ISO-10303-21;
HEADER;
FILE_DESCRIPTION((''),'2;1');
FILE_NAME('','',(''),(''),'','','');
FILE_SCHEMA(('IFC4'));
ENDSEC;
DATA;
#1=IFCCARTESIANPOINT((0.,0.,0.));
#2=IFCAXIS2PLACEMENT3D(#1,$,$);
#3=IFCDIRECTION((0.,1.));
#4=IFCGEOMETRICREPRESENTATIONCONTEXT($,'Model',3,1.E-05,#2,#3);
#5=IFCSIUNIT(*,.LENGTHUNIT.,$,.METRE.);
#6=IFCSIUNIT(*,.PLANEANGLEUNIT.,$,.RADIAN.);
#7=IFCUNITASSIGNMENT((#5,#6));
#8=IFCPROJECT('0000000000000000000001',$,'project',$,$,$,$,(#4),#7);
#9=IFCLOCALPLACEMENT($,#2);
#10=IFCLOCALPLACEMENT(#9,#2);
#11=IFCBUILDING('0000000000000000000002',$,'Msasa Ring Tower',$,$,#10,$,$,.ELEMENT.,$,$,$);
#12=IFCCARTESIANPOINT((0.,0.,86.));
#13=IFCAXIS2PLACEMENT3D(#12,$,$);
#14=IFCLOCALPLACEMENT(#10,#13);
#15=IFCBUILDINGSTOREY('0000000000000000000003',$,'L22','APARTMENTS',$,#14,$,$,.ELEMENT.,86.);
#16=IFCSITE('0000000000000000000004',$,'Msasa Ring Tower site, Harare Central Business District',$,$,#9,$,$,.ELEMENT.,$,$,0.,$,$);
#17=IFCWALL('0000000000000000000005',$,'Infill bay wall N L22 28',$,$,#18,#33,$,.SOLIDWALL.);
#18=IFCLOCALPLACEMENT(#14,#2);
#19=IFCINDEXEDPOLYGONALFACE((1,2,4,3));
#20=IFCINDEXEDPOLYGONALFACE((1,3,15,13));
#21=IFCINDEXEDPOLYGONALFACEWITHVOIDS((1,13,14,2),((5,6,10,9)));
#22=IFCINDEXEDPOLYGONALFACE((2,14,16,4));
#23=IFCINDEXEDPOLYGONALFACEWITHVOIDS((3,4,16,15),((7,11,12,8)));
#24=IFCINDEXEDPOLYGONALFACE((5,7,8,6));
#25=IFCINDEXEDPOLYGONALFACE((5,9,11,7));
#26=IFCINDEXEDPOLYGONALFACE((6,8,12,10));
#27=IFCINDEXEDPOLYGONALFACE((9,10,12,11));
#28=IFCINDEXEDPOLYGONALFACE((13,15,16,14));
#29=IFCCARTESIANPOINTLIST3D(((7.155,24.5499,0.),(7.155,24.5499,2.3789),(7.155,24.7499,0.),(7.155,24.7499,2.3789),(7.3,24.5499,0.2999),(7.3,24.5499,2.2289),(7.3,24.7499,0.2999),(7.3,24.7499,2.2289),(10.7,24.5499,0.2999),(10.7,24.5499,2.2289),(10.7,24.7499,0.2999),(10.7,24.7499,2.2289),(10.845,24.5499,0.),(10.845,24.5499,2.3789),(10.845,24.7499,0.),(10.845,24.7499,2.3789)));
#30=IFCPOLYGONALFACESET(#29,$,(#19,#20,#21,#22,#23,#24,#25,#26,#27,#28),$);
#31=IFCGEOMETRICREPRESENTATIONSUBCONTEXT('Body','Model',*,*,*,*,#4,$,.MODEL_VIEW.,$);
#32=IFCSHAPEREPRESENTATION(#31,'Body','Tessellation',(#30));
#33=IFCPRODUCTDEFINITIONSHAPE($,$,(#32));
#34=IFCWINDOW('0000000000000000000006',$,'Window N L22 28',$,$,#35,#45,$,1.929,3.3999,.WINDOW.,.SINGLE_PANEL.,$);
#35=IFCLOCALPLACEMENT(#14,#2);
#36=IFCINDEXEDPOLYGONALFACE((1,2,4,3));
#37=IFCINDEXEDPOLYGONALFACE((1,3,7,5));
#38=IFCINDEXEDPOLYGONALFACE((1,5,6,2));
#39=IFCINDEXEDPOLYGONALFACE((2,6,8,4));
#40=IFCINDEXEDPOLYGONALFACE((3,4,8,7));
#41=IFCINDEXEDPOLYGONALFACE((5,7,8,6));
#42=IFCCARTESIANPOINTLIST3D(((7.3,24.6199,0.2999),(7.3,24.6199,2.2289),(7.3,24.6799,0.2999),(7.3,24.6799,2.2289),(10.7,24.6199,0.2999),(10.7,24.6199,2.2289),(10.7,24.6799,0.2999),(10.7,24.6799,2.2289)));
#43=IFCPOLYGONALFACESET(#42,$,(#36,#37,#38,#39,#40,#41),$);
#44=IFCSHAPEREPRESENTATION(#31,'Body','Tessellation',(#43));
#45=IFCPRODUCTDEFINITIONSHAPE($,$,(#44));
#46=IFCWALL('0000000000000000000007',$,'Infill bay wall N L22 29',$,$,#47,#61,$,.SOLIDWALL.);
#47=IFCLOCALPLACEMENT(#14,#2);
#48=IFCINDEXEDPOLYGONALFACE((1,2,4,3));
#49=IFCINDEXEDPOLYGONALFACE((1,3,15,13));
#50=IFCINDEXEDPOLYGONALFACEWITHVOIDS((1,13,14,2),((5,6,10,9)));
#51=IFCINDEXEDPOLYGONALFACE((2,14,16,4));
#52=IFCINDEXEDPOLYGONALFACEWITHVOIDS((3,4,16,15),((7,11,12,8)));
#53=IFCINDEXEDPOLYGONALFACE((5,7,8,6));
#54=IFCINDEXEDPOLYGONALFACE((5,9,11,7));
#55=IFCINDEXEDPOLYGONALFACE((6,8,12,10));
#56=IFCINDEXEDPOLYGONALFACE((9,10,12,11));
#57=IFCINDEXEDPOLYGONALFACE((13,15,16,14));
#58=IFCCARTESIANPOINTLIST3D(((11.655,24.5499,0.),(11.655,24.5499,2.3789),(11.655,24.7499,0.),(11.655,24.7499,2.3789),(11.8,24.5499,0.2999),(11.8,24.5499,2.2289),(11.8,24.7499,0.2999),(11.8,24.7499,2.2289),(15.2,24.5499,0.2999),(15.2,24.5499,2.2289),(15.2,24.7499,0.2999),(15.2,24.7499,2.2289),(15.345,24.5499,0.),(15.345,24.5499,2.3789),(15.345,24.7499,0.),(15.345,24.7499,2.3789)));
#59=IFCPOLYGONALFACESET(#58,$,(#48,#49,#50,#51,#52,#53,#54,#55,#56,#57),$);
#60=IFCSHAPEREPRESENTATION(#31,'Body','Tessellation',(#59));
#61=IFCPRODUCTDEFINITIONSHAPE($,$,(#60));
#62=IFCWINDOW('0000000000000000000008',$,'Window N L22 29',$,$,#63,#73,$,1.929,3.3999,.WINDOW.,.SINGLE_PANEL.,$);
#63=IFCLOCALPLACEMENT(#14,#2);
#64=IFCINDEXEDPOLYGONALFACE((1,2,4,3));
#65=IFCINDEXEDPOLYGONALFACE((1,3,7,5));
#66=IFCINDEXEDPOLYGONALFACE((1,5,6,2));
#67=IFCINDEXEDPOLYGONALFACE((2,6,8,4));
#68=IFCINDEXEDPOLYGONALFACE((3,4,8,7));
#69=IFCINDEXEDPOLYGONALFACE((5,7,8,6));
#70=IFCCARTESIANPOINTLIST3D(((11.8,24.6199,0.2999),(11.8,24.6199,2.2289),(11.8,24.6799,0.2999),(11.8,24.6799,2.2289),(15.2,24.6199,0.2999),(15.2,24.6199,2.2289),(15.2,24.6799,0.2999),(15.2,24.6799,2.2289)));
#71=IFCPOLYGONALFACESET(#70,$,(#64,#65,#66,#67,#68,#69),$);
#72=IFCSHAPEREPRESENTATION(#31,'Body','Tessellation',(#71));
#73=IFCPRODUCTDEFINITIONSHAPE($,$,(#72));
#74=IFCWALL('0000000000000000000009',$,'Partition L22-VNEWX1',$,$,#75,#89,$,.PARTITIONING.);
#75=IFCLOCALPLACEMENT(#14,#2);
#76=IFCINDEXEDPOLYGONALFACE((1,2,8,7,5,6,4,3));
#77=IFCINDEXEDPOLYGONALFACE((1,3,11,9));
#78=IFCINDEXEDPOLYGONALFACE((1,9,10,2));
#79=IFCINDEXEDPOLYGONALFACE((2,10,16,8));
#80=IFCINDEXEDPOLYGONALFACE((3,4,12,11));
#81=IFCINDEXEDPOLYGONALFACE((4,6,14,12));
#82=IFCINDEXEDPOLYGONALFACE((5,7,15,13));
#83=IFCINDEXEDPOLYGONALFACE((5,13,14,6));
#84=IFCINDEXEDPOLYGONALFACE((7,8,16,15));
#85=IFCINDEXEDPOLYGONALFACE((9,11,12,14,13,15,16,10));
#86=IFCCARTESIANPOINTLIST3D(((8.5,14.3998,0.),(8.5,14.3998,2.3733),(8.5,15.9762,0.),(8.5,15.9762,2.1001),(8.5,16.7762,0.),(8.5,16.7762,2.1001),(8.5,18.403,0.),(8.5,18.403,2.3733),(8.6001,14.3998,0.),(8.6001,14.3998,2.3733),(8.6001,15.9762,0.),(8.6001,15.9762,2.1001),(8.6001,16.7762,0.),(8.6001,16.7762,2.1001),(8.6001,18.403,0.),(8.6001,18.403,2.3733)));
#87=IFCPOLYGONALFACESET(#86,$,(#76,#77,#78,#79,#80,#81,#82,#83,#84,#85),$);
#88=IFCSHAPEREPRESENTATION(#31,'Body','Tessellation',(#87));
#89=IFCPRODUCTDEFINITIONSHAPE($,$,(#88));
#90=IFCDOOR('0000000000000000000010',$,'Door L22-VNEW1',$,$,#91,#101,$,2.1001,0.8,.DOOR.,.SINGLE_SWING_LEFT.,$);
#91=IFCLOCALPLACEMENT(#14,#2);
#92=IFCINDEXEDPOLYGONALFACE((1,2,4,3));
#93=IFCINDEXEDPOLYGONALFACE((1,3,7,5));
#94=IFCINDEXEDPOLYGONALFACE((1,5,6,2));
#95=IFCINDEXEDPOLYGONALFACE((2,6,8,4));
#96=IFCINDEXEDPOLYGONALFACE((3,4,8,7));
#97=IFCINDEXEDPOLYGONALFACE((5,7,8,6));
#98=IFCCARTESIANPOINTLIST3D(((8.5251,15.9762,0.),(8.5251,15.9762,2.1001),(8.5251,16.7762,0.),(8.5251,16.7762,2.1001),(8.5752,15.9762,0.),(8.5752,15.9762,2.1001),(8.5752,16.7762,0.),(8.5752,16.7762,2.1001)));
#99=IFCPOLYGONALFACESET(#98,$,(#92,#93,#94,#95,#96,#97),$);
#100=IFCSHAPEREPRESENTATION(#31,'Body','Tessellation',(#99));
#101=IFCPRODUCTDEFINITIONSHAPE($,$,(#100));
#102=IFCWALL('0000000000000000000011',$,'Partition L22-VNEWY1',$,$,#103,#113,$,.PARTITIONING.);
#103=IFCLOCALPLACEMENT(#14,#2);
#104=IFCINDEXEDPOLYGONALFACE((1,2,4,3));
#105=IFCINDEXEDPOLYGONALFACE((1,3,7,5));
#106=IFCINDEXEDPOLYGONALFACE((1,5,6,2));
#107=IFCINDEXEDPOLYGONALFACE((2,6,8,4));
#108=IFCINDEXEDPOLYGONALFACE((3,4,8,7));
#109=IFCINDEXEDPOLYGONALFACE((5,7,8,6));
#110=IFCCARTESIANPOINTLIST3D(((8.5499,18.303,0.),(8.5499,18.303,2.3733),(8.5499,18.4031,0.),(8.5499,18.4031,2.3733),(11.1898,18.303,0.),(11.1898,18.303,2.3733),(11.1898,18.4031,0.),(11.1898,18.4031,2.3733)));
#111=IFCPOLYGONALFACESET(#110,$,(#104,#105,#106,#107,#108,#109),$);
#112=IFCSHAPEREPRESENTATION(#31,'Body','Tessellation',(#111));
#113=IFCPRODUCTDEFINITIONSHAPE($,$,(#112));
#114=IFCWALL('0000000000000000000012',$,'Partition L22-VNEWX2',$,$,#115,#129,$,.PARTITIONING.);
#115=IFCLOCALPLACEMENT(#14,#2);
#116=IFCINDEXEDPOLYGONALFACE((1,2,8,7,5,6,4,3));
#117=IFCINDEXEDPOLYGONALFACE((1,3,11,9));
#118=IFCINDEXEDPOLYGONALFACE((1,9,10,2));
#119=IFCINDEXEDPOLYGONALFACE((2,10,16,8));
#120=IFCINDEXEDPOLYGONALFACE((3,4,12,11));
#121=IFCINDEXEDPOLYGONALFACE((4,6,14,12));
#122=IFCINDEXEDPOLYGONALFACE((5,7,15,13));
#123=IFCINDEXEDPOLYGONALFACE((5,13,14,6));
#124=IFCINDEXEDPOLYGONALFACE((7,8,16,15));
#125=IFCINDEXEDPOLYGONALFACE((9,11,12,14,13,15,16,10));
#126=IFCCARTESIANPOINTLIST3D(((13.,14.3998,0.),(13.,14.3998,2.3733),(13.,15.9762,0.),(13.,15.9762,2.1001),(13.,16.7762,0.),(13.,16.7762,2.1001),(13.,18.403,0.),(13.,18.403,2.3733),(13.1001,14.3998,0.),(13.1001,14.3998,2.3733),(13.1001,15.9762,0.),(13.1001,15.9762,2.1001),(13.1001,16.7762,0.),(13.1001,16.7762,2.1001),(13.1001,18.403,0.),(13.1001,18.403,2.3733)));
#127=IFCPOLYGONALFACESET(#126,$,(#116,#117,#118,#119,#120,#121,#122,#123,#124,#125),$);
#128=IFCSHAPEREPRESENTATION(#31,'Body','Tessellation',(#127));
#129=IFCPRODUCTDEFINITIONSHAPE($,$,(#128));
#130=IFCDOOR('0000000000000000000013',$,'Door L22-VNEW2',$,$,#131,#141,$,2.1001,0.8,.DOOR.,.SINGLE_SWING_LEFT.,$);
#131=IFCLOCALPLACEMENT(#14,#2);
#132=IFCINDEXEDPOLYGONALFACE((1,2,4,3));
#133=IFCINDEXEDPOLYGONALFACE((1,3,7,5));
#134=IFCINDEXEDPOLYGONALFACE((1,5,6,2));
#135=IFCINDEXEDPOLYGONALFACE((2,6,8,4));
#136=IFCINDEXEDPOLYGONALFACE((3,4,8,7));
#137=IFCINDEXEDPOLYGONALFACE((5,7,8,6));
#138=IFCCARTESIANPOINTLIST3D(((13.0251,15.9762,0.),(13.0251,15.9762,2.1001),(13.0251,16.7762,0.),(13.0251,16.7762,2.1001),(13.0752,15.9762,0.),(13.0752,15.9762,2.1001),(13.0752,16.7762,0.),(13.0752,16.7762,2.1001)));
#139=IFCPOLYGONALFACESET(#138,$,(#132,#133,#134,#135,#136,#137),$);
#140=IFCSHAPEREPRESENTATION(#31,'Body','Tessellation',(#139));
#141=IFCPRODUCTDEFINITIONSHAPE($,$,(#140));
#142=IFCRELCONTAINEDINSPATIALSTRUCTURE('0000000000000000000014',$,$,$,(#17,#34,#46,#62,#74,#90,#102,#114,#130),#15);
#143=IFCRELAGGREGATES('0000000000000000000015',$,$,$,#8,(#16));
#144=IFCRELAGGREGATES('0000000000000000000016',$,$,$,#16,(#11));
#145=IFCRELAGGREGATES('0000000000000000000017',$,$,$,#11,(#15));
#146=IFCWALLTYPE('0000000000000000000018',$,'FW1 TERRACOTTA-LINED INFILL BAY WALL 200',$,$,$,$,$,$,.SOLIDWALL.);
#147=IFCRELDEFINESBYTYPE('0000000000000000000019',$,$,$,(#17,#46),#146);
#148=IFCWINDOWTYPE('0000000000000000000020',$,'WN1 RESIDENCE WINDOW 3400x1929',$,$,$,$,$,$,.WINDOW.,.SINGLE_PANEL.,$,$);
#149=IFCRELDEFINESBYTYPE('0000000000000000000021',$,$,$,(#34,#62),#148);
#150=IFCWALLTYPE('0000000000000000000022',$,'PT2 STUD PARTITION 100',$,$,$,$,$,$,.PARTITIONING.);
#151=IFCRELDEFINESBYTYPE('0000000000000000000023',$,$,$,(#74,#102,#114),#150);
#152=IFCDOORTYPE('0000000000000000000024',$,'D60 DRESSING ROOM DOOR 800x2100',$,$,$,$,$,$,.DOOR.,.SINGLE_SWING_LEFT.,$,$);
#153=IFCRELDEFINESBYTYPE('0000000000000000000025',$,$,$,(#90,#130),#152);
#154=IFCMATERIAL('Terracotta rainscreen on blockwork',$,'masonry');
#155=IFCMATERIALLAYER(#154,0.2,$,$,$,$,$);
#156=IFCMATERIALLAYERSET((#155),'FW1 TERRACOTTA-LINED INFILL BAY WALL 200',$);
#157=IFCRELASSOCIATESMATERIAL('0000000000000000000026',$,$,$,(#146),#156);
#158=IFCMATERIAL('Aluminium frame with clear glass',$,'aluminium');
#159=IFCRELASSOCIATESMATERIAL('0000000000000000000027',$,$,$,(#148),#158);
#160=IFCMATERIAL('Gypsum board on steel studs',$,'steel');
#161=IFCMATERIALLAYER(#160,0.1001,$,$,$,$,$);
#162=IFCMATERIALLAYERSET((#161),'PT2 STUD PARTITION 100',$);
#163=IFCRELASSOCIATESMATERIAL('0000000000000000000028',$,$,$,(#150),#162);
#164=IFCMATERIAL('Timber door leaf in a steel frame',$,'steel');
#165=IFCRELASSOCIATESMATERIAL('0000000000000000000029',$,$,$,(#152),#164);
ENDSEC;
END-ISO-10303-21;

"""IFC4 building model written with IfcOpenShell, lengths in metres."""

from ifc_helpers import new_model, si_unit, direction, frame, frame_2d, origin, place, context, subcontext, project, spatial, rectangle, extrude, material, layer, layer_set, type_object, element, fill, save


model = new_model("IFC4")

# Units and contexts
model_context = context("Model", 3, precision=1e-05, world=origin(), true_north=direction((0.0, 1.0)))
body_context = subcontext(model_context, "Body", "Model", "MODEL_VIEW")
ifc_project = project(units=[si_unit("LENGTHUNIT", "METRE"), si_unit("PLANEANGLEUNIT", "RADIAN")], contexts=[model_context])

# Site, building, storey
site_placement = place(None, origin())
site = spatial("IfcSite", under=ifc_project, at=site_placement, Name="Msasa Ring Tower site, Harare Central Business District", CompositionType="ELEMENT", RefElevation=0.0)
building_placement = place(site_placement, origin())
building = spatial("IfcBuilding", under=site, at=building_placement, Name="Msasa Ring Tower", CompositionType="ELEMENT")
storey_placement = place(building_placement, frame((0.0, 0.0, 86.0)))
storey = spatial("IfcBuildingStorey", under=building, at=storey_placement, Name="L22", Description="APARTMENTS", CompositionType="ELEMENT", Elevation=86.0)

# Walls, openings, windows
ifc_material_1 = material(Name="Terracotta rainscreen on blockwork", Category="masonry")
ifc_layer_1 = layer(ifc_material_1, 0.2)
ifc_layer_set_1 = layer_set([ifc_layer_1], Name="FW1 TERRACOTTA-LINED INFILL BAY WALL 200")
wall_type_1 = type_object("IfcWallType", Name="FW1 TERRACOTTA-LINED INFILL BAY WALL 200", PredefinedType="SOLIDWALL", material=ifc_layer_set_1)
ifc_material_2 = material(Name="Aluminium frame with clear glass", Category="aluminium")
window_type = type_object("IfcWindowType", Name="WN1 RESIDENCE WINDOW 3400x1929", PartitioningType="SINGLE_PANEL", PredefinedType="WINDOW", material=ifc_material_2)
wall_1_placement = place(storey_placement, frame((7.155, 24.6499, 0.0), z_axis=(0.0, 0.0, 1.0), x_axis=(1.0, 0.0, 0.0)))
wall_1 = element("IfcWall", 1, at=wall_1_placement, inside=storey, type_object=wall_type_1, Name="Infill bay wall N L22 28", PredefinedType="SOLIDWALL", context=body_context, shape_type="SweptSolid", body=[
    extrude(rectangle(XDim=3.6899, YDim=0.2, at=frame_2d((1.845, 0.0))), origin(), (0.0, 0.0, 1.0), 2.3789),
])
opening_1_placement = place(wall_1_placement, frame((0.145, 0.0, 0.3)))
opening_1 = element("IfcOpeningElement", 2, at=opening_1_placement, cuts=wall_1, PredefinedType="OPENING", context=body_context, shape_type="SweptSolid", body=[
    extrude(rectangle(XDim=3.3999, YDim=1.929, at=frame_2d((1.7, 0.9644))), frame((0.0, 0.1099, 0.0), z_axis=(0.0, -1.0, 0.0), x_axis=(1.0, 0.0, 0.0)), (0.0, 0.0, 1.0), 0.22),
])
window_1_placement = place(opening_1_placement, origin())
window_1 = element("IfcWindow", 3, at=window_1_placement, inside=storey, type_object=window_type, Name="Window N L22 28", OverallHeight=1.929, OverallWidth=3.3999, PartitioningType="SINGLE_PANEL", PredefinedType="WINDOW", context=body_context, shape_type="SweptSolid", body=[
    extrude(rectangle(XDim=3.3999, YDim=1.929, at=frame_2d((1.7, 0.9644))), frame((0.0, 0.03, 0.0), z_axis=(0.0, -1.0, 0.0), x_axis=(1.0, 0.0, 0.0)), (0.0, 0.0, 1.0), 0.0601),
])
fill(opening_1, window_1)
wall_2_placement = place(storey_placement, frame((11.655, 24.6499, 0.0), z_axis=(0.0, 0.0, 1.0), x_axis=(1.0, 0.0, 0.0)))
wall_2 = element("IfcWall", 4, at=wall_2_placement, inside=storey, type_object=wall_type_1, Name="Infill bay wall N L22 29", PredefinedType="SOLIDWALL", context=body_context, shape_type="SweptSolid", body=[
    extrude(rectangle(XDim=3.6899, YDim=0.2, at=frame_2d((1.845, 0.0))), origin(), (0.0, 0.0, 1.0), 2.3789),
])
opening_2_placement = place(wall_2_placement, frame((0.145, 0.0, 0.3)))
opening_2 = element("IfcOpeningElement", 5, at=opening_2_placement, cuts=wall_2, PredefinedType="OPENING", context=body_context, shape_type="SweptSolid", body=[
    extrude(rectangle(XDim=3.3999, YDim=1.929, at=frame_2d((1.7, 0.9644))), frame((0.0, 0.1099, 0.0), z_axis=(0.0, -1.0, 0.0), x_axis=(1.0, 0.0, 0.0)), (0.0, 0.0, 1.0), 0.22),
])
window_2_placement = place(opening_2_placement, origin())
window_2 = element("IfcWindow", 6, at=window_2_placement, inside=storey, type_object=window_type, Name="Window N L22 29", OverallHeight=1.929, OverallWidth=3.3999, PartitioningType="SINGLE_PANEL", PredefinedType="WINDOW", context=body_context, shape_type="SweptSolid", body=[
    extrude(rectangle(XDim=3.3999, YDim=1.929, at=frame_2d((1.7, 0.9644))), frame((0.0, 0.03, 0.0), z_axis=(0.0, -1.0, 0.0), x_axis=(1.0, 0.0, 0.0)), (0.0, 0.0, 1.0), 0.0601),
])
fill(opening_2, window_2)

# Wall, opening, door
ifc_material_3 = material(Name="Gypsum board on steel studs", Category="steel")
ifc_layer_2 = layer(ifc_material_3, 0.1001)
ifc_layer_set_2 = layer_set([ifc_layer_2], Name="PT2 STUD PARTITION 100")
wall_type_2 = type_object("IfcWallType", Name="PT2 STUD PARTITION 100", PredefinedType="PARTITIONING", material=ifc_layer_set_2)
wall_3_placement = place(storey_placement, frame((8.55, 14.3999, 0.0), z_axis=(0.0, 0.0, 1.0), x_axis=(0.0, 1.0, 0.0)))
wall_3 = element("IfcWall", 7, at=wall_3_placement, inside=storey, type_object=wall_type_2, Name="Partition L22-VNEWX1", PredefinedType="PARTITIONING", context=body_context, shape_type="SweptSolid", body=[
    extrude(rectangle(XDim=4.0032, YDim=0.1001, at=frame_2d((2.0015, 0.0))), origin(), (0.0, 0.0, 1.0), 2.3733),
])
opening_3_placement = place(wall_3_placement, frame((1.5764, 0.0, 0.0)))
opening_3 = element("IfcOpeningElement", 8, at=opening_3_placement, cuts=wall_3, PredefinedType="OPENING", context=body_context, shape_type="SweptSolid", body=[
    extrude(rectangle(XDim=0.8, YDim=2.1001, at=frame_2d((0.3999, 1.05))), frame((0.0, 0.0601, 0.0), z_axis=(0.0, -1.0, 0.0), x_axis=(1.0, 0.0, 0.0)), (0.0, 0.0, 1.0), 0.1201),
])
ifc_material_4 = material(Name="Timber door leaf in a steel frame", Category="steel")
door_type = type_object("IfcDoorType", Name="D60 DRESSING ROOM DOOR 800x2100", OperationType="SINGLE_SWING_LEFT", PredefinedType="DOOR", material=ifc_material_4)
door_1_placement = place(opening_3_placement, origin())
door_1 = element("IfcDoor", 9, at=door_1_placement, inside=storey, type_object=door_type, Name="Door L22-VNEW1", OperationType="SINGLE_SWING_LEFT", OverallHeight=2.1001, OverallWidth=0.8, PredefinedType="DOOR", context=body_context, shape_type="SweptSolid", body=[
    extrude(rectangle(XDim=0.8, YDim=2.1001, at=frame_2d((0.3999, 1.05))), frame((0.0, 0.0249, 0.0), z_axis=(0.0, -1.0, 0.0), x_axis=(1.0, 0.0, 0.0)), (0.0, 0.0, 1.0), 0.05),
])
fill(opening_3, door_1)

# Wall
wall_4_placement = place(storey_placement, frame((8.55, 18.353, 0.0), z_axis=(0.0, 0.0, 1.0), x_axis=(1.0, 0.0, 0.0)))
element("IfcWall", 10, at=wall_4_placement, inside=storey, type_object=wall_type_2, Name="Partition L22-VNEWY1", PredefinedType="PARTITIONING", context=body_context, shape_type="SweptSolid", body=[
    extrude(rectangle(XDim=2.6399, YDim=0.1001, at=frame_2d((1.3198, 0.0))), origin(), (0.0, 0.0, 1.0), 2.3733),
])

# Wall, opening, door
wall_5_placement = place(storey_placement, frame((13.05, 14.3999, 0.0), z_axis=(0.0, 0.0, 1.0), x_axis=(0.0, 1.0, 0.0)))
wall_5 = element("IfcWall", 11, at=wall_5_placement, inside=storey, type_object=wall_type_2, Name="Partition L22-VNEWX2", PredefinedType="PARTITIONING", context=body_context, shape_type="SweptSolid", body=[
    extrude(rectangle(XDim=4.0032, YDim=0.1001, at=frame_2d((2.0015, 0.0))), origin(), (0.0, 0.0, 1.0), 2.3733),
])
opening_4_placement = place(wall_5_placement, frame((1.5764, 0.0, 0.0)))
opening_4 = element("IfcOpeningElement", 12, at=opening_4_placement, cuts=wall_5, PredefinedType="OPENING", context=body_context, shape_type="SweptSolid", body=[
    extrude(rectangle(XDim=0.8, YDim=2.1001, at=frame_2d((0.3999, 1.05))), frame((0.0, 0.0601, 0.0), z_axis=(0.0, -1.0, 0.0), x_axis=(1.0, 0.0, 0.0)), (0.0, 0.0, 1.0), 0.1201),
])
door_2_placement = place(opening_4_placement, origin())
door_2 = element("IfcDoor", 13, at=door_2_placement, inside=storey, type_object=door_type, Name="Door L22-VNEW2", OperationType="SINGLE_SWING_LEFT", OverallHeight=2.1001, OverallWidth=0.8, PredefinedType="DOOR", context=body_context, shape_type="SweptSolid", body=[
    extrude(rectangle(XDim=0.8, YDim=2.1001, at=frame_2d((0.3999, 1.05))), frame((0.0, 0.0249, 0.0), z_axis=(0.0, -1.0, 0.0), x_axis=(1.0, 0.0, 0.0)), (0.0, 0.0, 1.0), 0.05),
])
fill(opening_4, door_2)

save(model, "model.ifc")
